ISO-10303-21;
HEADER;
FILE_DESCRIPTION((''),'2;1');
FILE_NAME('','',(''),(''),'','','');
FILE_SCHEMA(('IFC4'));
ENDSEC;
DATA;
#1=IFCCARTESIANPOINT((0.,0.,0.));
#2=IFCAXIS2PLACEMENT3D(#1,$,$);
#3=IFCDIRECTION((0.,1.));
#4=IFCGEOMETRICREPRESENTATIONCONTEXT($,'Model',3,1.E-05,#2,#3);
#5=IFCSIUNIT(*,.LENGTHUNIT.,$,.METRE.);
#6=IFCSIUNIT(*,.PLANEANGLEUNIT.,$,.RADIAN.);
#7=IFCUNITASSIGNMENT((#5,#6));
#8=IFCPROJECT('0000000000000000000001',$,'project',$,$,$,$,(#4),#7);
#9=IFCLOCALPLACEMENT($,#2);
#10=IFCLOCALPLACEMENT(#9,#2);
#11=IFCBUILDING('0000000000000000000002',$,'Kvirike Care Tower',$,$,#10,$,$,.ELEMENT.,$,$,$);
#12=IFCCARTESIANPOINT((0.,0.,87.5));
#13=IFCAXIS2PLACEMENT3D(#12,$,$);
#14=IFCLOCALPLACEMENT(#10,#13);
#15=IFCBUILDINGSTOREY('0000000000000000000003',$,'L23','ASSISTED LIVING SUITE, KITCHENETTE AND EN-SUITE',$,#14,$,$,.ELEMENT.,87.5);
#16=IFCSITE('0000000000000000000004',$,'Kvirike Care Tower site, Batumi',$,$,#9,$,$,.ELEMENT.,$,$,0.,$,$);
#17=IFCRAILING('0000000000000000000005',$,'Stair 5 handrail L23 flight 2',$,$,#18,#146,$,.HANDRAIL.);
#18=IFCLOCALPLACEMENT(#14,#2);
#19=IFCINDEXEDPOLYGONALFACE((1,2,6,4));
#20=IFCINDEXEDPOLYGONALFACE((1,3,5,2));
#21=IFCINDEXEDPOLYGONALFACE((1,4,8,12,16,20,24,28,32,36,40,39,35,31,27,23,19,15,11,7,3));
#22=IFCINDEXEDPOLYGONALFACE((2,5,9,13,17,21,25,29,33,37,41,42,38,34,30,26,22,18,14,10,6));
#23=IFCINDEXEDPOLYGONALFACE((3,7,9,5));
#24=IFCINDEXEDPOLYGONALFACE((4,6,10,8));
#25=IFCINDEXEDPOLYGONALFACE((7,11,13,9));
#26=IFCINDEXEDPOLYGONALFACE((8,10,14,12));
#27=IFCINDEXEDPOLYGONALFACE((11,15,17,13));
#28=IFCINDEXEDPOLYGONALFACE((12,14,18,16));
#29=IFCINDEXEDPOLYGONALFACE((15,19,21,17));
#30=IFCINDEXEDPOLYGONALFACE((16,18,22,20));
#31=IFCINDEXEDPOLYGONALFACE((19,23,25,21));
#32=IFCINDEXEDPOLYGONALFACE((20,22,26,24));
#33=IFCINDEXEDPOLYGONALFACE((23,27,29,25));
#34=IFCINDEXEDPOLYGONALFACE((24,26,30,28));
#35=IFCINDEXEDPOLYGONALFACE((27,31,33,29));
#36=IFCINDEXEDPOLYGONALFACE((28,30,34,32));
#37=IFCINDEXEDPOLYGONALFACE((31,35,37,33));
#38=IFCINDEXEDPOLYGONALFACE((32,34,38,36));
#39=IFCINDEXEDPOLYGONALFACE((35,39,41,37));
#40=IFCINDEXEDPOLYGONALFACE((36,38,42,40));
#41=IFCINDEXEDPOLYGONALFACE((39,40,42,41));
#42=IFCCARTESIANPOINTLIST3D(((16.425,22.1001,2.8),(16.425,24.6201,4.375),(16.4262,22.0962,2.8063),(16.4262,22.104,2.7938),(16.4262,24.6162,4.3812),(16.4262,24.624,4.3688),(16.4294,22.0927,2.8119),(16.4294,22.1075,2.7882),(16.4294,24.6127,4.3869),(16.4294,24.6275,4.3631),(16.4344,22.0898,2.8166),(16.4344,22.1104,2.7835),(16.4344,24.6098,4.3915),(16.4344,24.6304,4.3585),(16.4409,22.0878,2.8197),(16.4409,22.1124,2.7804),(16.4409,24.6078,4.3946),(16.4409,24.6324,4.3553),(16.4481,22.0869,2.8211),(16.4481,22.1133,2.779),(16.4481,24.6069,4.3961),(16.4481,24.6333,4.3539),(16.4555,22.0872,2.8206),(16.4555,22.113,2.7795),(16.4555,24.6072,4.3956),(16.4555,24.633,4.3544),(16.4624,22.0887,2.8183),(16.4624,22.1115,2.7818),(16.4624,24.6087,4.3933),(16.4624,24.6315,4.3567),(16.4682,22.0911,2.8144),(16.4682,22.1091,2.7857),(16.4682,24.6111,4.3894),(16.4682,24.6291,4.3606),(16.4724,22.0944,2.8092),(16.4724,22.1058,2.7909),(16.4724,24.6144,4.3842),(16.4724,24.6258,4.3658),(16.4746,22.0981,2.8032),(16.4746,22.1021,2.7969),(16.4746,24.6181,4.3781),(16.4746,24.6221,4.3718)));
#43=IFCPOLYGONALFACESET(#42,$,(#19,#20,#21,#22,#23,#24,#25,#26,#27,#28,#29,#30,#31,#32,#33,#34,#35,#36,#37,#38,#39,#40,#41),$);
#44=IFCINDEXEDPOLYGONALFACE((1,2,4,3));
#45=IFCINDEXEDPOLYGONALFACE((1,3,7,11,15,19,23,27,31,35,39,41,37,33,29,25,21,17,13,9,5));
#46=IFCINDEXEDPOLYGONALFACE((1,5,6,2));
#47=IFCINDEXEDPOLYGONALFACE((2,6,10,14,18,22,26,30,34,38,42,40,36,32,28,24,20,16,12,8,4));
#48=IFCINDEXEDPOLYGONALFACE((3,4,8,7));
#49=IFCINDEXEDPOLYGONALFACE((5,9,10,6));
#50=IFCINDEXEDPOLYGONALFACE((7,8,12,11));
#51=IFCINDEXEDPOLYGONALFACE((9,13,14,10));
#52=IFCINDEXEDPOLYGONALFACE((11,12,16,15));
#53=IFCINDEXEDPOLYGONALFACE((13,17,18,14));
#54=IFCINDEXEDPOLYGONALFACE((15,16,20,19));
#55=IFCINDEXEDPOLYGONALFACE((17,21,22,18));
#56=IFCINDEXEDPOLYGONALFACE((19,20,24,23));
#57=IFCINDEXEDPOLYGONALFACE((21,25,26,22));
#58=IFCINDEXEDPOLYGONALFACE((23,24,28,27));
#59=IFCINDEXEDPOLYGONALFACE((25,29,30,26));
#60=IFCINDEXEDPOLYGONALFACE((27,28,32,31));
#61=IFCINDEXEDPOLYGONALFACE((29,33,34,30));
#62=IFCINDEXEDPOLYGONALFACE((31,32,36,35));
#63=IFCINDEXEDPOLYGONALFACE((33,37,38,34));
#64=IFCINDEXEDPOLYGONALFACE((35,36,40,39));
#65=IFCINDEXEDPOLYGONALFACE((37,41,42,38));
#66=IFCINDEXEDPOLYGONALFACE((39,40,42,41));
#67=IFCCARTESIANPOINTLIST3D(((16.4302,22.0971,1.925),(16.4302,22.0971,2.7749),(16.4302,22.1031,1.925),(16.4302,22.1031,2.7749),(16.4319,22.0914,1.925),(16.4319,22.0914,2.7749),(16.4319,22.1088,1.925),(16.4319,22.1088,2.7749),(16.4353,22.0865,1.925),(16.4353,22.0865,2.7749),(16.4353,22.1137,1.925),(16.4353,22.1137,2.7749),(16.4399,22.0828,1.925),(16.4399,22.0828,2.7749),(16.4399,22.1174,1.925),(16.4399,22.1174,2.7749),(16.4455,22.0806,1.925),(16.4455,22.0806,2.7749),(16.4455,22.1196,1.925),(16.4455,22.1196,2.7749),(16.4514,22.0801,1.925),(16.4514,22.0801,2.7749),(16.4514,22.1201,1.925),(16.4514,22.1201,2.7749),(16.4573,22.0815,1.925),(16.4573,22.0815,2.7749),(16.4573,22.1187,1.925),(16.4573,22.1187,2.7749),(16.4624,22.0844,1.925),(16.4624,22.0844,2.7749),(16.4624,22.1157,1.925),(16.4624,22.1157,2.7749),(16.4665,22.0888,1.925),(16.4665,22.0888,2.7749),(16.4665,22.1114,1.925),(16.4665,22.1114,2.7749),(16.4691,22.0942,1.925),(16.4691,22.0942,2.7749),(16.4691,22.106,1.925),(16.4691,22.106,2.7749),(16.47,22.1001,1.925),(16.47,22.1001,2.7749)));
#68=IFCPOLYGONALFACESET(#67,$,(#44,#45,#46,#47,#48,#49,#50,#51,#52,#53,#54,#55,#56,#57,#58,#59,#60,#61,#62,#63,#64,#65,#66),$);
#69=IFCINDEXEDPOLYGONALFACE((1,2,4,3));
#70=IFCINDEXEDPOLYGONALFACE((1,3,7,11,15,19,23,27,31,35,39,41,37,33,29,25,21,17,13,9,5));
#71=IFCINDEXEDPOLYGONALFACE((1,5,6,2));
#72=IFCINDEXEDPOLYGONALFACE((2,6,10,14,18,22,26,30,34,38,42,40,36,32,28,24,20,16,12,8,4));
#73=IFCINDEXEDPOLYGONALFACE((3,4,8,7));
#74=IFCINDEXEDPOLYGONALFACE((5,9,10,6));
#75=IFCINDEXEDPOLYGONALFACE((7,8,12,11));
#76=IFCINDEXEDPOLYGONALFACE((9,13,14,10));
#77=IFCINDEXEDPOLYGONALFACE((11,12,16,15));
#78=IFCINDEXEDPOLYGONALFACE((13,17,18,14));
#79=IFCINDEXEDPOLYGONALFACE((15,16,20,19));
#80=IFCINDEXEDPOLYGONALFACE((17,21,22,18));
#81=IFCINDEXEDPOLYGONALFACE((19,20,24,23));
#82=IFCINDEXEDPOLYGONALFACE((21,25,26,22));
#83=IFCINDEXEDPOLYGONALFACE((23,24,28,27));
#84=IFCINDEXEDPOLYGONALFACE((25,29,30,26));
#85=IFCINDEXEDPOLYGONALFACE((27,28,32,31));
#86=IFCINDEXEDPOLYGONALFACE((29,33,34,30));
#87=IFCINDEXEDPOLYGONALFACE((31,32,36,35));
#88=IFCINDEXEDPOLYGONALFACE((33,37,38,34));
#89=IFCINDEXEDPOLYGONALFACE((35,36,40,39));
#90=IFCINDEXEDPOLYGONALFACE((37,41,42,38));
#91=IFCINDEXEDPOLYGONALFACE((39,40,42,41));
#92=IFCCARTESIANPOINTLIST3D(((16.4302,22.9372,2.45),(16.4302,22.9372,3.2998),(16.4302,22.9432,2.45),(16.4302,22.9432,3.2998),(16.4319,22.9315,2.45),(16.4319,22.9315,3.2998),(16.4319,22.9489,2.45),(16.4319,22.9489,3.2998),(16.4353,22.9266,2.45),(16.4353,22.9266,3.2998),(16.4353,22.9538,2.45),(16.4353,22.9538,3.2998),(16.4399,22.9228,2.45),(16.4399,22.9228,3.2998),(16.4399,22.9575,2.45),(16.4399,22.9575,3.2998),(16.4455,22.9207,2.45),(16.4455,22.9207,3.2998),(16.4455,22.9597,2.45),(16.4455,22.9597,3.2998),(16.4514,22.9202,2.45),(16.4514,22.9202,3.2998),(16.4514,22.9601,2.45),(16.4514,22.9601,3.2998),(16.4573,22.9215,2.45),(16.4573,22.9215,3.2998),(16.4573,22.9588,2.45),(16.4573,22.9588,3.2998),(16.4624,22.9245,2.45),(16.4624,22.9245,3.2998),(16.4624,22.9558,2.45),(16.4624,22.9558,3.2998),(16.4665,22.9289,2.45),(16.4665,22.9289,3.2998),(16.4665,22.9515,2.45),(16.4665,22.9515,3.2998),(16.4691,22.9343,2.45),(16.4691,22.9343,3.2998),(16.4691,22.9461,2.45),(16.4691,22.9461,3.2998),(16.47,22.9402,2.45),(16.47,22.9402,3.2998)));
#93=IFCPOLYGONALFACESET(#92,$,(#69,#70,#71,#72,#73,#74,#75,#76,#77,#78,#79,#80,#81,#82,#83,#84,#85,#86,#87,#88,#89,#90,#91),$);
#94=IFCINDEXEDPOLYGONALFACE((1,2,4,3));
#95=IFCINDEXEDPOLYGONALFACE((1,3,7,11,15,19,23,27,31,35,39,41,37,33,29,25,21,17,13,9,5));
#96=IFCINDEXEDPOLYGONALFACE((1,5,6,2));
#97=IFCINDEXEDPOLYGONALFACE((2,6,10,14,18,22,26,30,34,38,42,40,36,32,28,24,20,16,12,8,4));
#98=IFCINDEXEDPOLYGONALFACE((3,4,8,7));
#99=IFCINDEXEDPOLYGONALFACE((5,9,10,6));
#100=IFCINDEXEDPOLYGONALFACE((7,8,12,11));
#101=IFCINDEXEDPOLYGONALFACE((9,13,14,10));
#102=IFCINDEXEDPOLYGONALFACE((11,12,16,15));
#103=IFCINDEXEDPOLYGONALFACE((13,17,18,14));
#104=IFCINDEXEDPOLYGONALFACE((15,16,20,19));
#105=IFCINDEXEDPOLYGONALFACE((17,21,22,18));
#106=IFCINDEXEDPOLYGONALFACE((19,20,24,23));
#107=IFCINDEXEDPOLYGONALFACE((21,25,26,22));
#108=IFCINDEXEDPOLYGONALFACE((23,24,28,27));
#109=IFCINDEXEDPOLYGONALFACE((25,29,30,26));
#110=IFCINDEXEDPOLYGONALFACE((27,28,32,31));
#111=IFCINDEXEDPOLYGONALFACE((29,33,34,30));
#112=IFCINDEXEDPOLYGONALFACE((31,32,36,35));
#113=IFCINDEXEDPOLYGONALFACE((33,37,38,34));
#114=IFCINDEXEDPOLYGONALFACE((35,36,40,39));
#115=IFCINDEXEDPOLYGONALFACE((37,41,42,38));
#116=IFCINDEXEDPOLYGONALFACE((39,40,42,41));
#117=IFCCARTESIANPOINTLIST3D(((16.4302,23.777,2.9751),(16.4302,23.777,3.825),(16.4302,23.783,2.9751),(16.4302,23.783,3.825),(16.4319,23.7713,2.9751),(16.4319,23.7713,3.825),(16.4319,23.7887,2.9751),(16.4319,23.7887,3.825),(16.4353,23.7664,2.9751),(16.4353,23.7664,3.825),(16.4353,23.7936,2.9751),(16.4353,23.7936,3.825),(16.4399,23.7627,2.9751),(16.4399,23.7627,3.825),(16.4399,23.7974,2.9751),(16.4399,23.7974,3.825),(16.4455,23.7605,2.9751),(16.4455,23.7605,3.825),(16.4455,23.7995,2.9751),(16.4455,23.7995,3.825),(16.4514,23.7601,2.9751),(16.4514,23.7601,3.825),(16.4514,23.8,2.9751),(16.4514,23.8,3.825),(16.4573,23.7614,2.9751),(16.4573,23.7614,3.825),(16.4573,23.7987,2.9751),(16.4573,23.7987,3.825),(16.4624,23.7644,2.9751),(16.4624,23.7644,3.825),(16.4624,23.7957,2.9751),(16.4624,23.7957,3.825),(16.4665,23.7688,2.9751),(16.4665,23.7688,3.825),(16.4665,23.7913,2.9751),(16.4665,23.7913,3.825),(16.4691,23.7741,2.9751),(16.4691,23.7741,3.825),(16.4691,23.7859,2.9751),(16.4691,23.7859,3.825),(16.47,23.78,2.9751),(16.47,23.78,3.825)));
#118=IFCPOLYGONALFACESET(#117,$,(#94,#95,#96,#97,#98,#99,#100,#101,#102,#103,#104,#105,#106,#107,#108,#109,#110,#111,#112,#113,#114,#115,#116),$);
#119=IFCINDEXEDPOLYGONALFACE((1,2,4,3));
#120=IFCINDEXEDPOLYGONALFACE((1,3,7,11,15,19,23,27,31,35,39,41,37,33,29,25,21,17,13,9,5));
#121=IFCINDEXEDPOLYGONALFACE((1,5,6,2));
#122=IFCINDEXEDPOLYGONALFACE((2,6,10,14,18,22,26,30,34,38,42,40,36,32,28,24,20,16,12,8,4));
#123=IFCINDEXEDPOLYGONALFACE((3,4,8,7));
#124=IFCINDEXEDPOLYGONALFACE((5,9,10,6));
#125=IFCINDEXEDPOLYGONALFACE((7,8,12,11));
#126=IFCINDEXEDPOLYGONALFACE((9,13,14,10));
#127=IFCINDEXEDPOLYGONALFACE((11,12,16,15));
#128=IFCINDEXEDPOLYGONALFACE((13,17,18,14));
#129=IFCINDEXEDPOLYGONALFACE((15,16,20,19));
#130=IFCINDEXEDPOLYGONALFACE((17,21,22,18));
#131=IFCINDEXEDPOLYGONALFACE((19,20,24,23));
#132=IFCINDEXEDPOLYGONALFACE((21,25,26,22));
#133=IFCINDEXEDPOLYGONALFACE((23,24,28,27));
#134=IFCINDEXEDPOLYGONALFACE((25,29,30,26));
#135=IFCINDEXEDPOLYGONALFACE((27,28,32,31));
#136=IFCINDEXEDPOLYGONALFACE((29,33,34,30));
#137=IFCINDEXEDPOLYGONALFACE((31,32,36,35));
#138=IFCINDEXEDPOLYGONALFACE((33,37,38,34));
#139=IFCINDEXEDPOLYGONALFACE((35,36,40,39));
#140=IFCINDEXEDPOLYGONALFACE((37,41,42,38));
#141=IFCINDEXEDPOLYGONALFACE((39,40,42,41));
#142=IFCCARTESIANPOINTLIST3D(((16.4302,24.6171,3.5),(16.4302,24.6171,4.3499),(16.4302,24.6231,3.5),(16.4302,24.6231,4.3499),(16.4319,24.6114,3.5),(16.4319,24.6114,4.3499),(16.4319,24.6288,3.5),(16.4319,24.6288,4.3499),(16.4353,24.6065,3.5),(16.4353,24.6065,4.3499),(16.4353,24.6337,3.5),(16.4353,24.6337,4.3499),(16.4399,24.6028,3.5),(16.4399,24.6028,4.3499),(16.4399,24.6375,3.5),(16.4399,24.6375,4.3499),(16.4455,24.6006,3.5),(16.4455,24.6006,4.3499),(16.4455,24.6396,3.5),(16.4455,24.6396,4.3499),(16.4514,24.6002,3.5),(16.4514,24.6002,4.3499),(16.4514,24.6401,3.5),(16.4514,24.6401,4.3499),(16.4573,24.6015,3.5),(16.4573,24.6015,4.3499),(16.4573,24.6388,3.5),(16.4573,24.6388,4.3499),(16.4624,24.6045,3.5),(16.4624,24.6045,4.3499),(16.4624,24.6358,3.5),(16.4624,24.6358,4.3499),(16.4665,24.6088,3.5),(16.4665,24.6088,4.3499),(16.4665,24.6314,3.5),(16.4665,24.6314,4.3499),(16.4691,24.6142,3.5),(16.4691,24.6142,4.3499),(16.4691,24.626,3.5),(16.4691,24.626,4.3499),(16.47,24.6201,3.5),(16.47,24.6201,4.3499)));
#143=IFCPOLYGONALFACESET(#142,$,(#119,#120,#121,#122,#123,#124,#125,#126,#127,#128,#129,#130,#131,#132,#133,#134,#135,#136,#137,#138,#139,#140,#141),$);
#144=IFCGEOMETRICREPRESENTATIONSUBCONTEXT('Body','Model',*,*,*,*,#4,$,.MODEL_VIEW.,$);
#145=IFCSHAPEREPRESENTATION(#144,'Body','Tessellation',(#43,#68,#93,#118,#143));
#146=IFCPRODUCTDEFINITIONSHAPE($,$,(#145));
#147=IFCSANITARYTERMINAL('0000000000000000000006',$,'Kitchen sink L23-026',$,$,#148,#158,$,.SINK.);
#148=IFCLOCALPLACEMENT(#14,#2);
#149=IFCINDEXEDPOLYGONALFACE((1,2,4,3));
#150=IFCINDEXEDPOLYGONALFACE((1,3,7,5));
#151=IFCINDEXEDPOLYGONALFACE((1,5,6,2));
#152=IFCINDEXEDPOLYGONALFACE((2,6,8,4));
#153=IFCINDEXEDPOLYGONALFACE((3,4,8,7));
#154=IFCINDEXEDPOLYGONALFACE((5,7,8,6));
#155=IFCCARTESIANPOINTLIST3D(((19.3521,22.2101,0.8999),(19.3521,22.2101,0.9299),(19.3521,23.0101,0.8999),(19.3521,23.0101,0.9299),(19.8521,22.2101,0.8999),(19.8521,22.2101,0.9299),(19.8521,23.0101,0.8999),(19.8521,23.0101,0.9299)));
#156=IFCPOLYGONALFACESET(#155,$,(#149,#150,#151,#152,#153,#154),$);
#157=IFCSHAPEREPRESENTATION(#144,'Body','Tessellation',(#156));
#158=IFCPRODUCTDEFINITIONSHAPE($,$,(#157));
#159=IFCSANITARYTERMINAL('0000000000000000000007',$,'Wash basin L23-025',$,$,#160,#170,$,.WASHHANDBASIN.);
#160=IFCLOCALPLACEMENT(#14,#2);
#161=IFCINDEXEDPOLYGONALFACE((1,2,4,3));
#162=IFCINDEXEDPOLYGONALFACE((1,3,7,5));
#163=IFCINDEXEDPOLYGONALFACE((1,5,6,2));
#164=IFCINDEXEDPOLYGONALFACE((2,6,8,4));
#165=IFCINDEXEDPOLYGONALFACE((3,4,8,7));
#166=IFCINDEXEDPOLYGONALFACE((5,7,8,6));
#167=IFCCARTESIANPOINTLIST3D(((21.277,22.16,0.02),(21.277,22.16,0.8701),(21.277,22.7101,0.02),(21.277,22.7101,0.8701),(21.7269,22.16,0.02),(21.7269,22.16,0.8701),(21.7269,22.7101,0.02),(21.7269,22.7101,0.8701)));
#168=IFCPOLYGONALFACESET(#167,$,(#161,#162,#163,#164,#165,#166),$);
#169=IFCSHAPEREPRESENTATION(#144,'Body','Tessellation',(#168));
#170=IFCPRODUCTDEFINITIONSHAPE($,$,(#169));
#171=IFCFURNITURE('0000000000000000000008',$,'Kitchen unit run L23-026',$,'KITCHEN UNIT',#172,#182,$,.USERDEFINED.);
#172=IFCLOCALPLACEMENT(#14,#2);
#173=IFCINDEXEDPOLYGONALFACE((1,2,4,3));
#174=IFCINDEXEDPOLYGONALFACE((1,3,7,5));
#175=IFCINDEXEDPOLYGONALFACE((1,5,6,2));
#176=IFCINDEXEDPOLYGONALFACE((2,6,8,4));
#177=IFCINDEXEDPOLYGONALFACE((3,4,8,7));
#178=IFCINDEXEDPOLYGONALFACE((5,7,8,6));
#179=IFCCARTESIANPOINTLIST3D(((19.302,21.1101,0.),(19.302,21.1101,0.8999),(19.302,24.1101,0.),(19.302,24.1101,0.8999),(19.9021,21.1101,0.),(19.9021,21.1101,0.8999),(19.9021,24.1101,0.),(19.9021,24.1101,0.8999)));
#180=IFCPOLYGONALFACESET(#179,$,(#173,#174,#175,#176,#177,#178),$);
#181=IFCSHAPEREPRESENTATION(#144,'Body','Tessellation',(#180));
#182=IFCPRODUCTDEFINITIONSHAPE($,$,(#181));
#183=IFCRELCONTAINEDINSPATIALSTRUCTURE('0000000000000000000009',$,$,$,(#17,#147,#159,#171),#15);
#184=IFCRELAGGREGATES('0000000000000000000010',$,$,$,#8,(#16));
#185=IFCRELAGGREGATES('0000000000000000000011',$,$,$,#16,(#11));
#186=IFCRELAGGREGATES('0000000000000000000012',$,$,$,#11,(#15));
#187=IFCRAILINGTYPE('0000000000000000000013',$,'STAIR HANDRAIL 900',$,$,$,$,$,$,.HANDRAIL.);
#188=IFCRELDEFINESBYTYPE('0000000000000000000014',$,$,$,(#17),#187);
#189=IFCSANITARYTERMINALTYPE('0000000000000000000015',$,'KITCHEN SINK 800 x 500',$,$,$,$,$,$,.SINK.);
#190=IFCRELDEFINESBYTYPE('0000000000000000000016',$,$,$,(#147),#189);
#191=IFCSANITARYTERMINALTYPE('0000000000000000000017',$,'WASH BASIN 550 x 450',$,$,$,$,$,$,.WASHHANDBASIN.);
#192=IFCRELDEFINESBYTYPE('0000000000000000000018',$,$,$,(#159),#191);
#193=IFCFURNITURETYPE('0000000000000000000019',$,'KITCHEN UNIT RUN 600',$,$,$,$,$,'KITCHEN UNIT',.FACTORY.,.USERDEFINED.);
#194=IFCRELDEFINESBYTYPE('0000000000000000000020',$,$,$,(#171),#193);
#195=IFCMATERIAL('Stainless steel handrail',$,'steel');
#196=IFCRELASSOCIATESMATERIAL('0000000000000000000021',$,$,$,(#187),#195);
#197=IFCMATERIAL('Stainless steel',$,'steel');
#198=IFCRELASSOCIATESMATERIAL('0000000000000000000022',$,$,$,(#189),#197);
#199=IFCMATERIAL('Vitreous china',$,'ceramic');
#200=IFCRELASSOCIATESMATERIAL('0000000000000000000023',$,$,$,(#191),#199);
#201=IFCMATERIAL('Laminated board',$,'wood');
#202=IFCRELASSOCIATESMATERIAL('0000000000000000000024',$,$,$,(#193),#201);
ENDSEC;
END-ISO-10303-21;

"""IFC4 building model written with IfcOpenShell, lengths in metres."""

from ifc_helpers import new_model, si_unit, direction, frame, origin, origin_2d, place, context, subcontext, project, spatial, rectangle, circle, extrude, material, type_object, element, save


model = new_model("IFC4")

# Units and contexts
model_context = context("Model", 3, precision=1e-05, world=origin(), true_north=direction((0.0, 1.0)))
body_context = subcontext(model_context, "Body", "Model", "MODEL_VIEW")
ifc_project = project(units=[si_unit("LENGTHUNIT", "METRE"), si_unit("PLANEANGLEUNIT", "RADIAN")], contexts=[model_context])

# Site, building, storey
site_placement = place(None, origin())
site = spatial("IfcSite", under=ifc_project, at=site_placement, Name="Kvirike Care Tower site, Batumi", CompositionType="ELEMENT", RefElevation=0.0)
building_placement = place(site_placement, origin())
building = spatial("IfcBuilding", under=site, at=building_placement, Name="Kvirike Care Tower", CompositionType="ELEMENT")
storey_placement = place(building_placement, frame((0.0, 0.0, 87.5)))
storey = spatial("IfcBuildingStorey", under=building, at=storey_placement, Name="L23", Description="ASSISTED LIVING SUITE, KITCHENETTE AND EN-SUITE", CompositionType="ELEMENT", Elevation=87.5)

# Railing
ifc_material_1 = material(Name="Stainless steel handrail", Category="steel")
railing_type = type_object("IfcRailingType", Name="STAIR HANDRAIL 900", PredefinedType="HANDRAIL", material=ifc_material_1)
railing_1_placement = place(storey_placement, frame((16.45, 22.1001, 1.925)))
element("IfcRailing", 1, at=railing_1_placement, inside=storey, type_object=railing_type, Name="Stair 5 handrail L23 flight 2", PredefinedType="HANDRAIL", context=body_context, shape_type="SweptSolid", body=[
    extrude(circle(Radius=0.0249, at=origin_2d()), frame((0.0, 0.0, 0.875), z_axis=(0.0, 0.848008, 0.529984), x_axis=(-1.0, 0.0, 0.0)), (0.0, 0.0, 1.0), 2.9717),
    extrude(circle(Radius=0.02, at=origin_2d()), origin(), (0.0, 0.0, 1.0), 0.8499),
    extrude(circle(Radius=0.02, at=origin_2d()), frame((0.0, 0.8401, 0.5249)), (0.0, 0.0, 1.0), 0.8499),
    extrude(circle(Radius=0.02, at=origin_2d()), frame((0.0, 1.6799, 1.05)), (0.0, 0.0, 1.0), 0.8499),
    extrude(circle(Radius=0.02, at=origin_2d()), frame((0.0, 2.52, 1.575)), (0.0, 0.0, 1.0), 0.8499),
])

# Sanitary terminals
ifc_material_2 = material(Name="Stainless steel", Category="steel")
sanitary_terminal_type_1 = type_object("IfcSanitaryTerminalType", Name="KITCHEN SINK 800 x 500", PredefinedType="SINK", material=ifc_material_2)
sanitary_terminal_1_placement = place(storey_placement, frame((19.6021, 22.6101, 0.8999), z_axis=(0.0, 0.0, 1.0), x_axis=(0.0, 1.0, 0.0)))
element("IfcSanitaryTerminal", 2, at=sanitary_terminal_1_placement, inside=storey, type_object=sanitary_terminal_type_1, Name="Kitchen sink L23-026", PredefinedType="SINK", context=body_context, shape_type="SweptSolid", body=[
    extrude(rectangle(XDim=0.8, YDim=0.5, at=origin_2d()), origin(), (0.0, 0.0, 1.0), 0.03),
])
ifc_material_3 = material(Name="Vitreous china", Category="ceramic")
sanitary_terminal_type_2 = type_object("IfcSanitaryTerminalType", Name="WASH BASIN 550 x 450", PredefinedType="WASHHANDBASIN", material=ifc_material_3)
sanitary_terminal_2_placement = place(storey_placement, frame((21.502, 22.4351, 0.02), z_axis=(0.0, 0.0, 1.0), x_axis=(0.0, 1.0, 0.0)))
element("IfcSanitaryTerminal", 3, at=sanitary_terminal_2_placement, inside=storey, type_object=sanitary_terminal_type_2, Name="Wash basin L23-025", PredefinedType="WASHHANDBASIN", context=body_context, shape_type="SweptSolid", body=[
    extrude(rectangle(XDim=0.55, YDim=0.45, at=origin_2d()), origin(), (0.0, 0.0, 1.0), 0.8501),
])

# Furniture
ifc_material_4 = material(Name="Laminated board", Category="wood")
furniture_type = type_object("IfcFurnitureType", Name="KITCHEN UNIT RUN 600", ElementType="KITCHEN UNIT", AssemblyPlace="FACTORY", PredefinedType="USERDEFINED", material=ifc_material_4)
furniture_placement = place(storey_placement, frame((19.6021, 22.6101, 0.0), z_axis=(0.0, 0.0, 1.0), x_axis=(0.0, 1.0, 0.0)))
element("IfcFurniture", 4, at=furniture_placement, inside=storey, type_object=furniture_type, Name="Kitchen unit run L23-026", ObjectType="KITCHEN UNIT", PredefinedType="USERDEFINED", context=body_context, shape_type="SweptSolid", body=[
    extrude(rectangle(XDim=3.0, YDim=0.6001, at=origin_2d()), origin(), (0.0, 0.0, 1.0), 0.8999),
])

save(model, "model.ifc")
